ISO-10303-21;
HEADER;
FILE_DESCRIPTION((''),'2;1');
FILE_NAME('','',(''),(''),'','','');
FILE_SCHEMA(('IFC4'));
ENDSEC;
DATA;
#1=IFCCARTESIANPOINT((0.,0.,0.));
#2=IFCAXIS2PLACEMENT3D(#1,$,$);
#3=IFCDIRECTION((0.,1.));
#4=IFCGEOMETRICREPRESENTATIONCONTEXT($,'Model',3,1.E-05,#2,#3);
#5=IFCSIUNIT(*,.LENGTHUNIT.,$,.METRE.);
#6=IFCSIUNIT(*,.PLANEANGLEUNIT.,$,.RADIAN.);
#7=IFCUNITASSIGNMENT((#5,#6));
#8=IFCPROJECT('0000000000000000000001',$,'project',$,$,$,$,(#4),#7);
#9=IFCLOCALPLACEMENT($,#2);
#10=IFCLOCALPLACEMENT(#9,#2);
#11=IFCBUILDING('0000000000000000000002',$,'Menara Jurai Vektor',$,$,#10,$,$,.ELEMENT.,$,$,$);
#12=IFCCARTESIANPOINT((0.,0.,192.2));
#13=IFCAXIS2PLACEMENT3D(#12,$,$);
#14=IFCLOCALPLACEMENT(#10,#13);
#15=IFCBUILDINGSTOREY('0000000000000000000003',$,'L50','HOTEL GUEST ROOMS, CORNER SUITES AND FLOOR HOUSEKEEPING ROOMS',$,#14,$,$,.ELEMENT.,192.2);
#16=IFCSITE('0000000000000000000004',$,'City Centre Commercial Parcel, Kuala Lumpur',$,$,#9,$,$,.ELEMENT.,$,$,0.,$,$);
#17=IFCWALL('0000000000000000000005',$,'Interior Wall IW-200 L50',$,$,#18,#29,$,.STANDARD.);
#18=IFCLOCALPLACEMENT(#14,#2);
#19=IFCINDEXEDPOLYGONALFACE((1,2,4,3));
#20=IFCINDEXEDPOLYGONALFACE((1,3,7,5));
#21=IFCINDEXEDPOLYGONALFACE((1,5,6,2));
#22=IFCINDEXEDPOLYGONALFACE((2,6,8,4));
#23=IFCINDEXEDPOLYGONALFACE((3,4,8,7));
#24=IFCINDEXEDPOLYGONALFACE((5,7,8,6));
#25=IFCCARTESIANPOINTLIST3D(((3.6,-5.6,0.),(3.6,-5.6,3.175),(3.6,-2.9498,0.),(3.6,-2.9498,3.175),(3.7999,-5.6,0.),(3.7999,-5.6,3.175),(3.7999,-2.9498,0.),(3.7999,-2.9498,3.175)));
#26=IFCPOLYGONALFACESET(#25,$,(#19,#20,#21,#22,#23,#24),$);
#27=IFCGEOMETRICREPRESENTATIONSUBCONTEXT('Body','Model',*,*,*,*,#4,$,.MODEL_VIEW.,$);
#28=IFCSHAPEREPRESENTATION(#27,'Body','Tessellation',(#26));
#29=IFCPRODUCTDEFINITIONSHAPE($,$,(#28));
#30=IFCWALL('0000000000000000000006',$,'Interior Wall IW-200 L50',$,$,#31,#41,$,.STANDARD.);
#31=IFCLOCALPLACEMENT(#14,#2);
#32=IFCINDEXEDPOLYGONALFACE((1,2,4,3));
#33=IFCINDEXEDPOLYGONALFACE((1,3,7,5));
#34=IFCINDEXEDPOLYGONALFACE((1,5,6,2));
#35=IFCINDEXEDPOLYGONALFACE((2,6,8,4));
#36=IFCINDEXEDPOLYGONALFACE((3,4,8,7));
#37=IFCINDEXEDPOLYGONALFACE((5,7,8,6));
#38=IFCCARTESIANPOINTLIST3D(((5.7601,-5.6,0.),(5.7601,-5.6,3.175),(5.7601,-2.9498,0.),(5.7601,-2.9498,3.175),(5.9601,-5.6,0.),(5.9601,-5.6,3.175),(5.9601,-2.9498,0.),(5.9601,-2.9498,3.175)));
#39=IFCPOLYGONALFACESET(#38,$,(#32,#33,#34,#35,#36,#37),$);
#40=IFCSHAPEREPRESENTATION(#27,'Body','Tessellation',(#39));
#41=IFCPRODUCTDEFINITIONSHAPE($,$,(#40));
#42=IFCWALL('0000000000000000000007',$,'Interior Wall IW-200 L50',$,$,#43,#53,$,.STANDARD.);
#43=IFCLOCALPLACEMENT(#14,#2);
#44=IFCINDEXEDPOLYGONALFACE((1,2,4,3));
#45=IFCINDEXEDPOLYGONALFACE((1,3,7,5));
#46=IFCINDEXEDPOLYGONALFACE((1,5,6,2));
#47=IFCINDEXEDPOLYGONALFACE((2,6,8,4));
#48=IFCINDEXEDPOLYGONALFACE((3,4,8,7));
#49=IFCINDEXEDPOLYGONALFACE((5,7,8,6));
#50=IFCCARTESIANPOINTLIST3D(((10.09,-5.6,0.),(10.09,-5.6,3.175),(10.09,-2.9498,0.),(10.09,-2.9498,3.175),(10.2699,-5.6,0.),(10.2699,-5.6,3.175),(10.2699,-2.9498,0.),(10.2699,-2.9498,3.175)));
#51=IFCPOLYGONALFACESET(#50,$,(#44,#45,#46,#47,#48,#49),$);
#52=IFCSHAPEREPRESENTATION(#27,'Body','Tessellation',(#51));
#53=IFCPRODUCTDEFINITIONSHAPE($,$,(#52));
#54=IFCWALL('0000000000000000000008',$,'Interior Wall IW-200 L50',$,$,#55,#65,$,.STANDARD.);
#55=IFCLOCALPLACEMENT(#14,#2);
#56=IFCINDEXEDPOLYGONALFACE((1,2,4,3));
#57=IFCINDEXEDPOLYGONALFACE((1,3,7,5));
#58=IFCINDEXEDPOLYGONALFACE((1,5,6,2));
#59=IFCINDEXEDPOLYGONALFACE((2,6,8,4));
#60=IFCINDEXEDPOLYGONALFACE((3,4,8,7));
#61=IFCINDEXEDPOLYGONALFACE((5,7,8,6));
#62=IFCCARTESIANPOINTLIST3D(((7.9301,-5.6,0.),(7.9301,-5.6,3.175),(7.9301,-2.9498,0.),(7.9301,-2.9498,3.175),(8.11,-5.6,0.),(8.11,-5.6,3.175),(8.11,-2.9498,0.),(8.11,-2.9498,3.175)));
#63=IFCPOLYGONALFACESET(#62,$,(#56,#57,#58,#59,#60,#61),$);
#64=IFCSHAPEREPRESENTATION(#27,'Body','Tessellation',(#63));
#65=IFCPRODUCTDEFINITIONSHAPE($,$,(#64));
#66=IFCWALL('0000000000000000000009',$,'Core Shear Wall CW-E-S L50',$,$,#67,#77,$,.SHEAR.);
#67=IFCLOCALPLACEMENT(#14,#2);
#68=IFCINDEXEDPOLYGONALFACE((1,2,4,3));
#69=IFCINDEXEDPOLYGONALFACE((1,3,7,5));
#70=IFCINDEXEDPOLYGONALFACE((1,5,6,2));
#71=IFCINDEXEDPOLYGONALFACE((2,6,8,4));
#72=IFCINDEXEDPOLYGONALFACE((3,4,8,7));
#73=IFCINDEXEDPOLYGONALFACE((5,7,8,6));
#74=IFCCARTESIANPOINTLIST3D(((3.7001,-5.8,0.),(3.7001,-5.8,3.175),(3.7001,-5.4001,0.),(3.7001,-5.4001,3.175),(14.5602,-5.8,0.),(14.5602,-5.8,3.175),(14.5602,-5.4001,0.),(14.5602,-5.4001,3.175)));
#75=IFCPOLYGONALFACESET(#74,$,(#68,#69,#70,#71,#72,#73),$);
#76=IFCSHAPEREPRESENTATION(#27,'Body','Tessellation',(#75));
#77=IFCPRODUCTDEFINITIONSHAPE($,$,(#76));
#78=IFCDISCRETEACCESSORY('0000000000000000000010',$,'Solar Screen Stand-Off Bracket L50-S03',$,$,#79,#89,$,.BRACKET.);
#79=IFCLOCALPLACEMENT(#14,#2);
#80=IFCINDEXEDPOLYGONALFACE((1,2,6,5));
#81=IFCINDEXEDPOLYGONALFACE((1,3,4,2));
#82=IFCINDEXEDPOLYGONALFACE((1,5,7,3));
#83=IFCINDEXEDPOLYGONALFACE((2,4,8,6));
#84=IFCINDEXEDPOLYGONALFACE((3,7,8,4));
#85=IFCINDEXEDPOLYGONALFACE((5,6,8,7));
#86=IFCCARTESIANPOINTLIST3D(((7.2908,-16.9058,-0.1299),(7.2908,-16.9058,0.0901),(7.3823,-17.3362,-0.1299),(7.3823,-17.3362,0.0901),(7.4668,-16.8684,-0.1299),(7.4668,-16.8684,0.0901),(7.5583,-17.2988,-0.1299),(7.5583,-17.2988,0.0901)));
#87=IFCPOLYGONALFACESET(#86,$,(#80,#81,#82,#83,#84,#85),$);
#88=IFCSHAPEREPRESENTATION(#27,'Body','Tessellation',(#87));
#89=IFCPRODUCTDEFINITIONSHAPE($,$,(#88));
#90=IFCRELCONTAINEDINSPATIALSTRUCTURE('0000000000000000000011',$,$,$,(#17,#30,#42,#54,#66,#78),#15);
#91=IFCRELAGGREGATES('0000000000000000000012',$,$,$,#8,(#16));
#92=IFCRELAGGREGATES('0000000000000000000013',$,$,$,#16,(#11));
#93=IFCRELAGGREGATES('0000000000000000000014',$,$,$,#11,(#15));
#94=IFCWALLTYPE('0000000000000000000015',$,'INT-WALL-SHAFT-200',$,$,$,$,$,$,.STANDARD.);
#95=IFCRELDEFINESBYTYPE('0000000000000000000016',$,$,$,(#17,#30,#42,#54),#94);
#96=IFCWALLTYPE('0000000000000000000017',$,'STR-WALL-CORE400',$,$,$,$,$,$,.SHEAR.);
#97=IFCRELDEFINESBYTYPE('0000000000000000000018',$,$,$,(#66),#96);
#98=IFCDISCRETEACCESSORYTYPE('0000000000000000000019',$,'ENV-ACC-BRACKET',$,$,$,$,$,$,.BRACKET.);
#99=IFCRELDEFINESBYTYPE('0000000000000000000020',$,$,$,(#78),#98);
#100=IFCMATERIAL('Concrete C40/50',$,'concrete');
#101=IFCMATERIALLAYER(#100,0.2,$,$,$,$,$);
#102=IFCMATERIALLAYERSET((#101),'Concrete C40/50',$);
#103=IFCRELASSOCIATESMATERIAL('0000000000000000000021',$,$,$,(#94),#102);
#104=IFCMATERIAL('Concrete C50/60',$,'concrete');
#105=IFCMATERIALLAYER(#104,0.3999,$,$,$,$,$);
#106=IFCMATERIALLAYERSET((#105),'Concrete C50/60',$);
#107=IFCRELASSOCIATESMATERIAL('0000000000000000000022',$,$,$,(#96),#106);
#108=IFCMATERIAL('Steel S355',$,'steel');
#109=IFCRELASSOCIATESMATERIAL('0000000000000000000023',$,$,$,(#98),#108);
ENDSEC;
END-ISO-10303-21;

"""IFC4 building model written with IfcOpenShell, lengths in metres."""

from ifc_helpers import new_model, si_unit, direction, frame, frame_2d, origin, origin_2d, place, context, subcontext, project, spatial, rectangle, extrude, material, layer, layer_set, type_object, element, save


model = new_model("IFC4")

# Units and contexts
model_context = context("Model", 3, precision=1e-05, world=origin(), true_north=direction((0.0, 1.0)))
body_context = subcontext(model_context, "Body", "Model", "MODEL_VIEW")
ifc_project = project(units=[si_unit("LENGTHUNIT", "METRE"), si_unit("PLANEANGLEUNIT", "RADIAN")], contexts=[model_context])

# Site, building, storey
site_placement = place(None, origin())
site = spatial("IfcSite", under=ifc_project, at=site_placement, Name="City Centre Commercial Parcel, Kuala Lumpur", CompositionType="ELEMENT", RefElevation=0.0)
building_placement = place(site_placement, origin())
building = spatial("IfcBuilding", under=site, at=building_placement, Name="Menara Jurai Vektor", CompositionType="ELEMENT")
storey_placement = place(building_placement, frame((0.0, 0.0, 192.2)))
storey = spatial("IfcBuildingStorey", under=building, at=storey_placement, Name="L50", Description="HOTEL GUEST ROOMS, CORNER SUITES AND FLOOR HOUSEKEEPING ROOMS", CompositionType="ELEMENT", Elevation=192.2)

# Shared definitions
ifc_material_1 = material(Name="Concrete C50/60", Category="concrete")

# Shared definitions
ifc_material_2 = material(Name="Steel S355", Category="steel")

# Walls
ifc_material_3 = material(Name="Concrete C40/50", Category="concrete")
ifc_layer_1 = layer(ifc_material_3, 0.2)
ifc_layer_set_1 = layer_set([ifc_layer_1], Name="Concrete C40/50")
wall_type_1 = type_object("IfcWallType", Name="INT-WALL-SHAFT-200", PredefinedType="STANDARD", material=ifc_layer_set_1)
for number, where, z_axis, x_axis, name in (
    (1, (3.7, -5.6001, 0.0), (0.0, 0.0, 1.0), (0.0, 1.0, 0.0), "Interior Wall IW-200 L50"),
    (2, (5.8601, -5.6001, 0.0), (0.0, 0.0, 1.0), (0.0, 1.0, 0.0), "Interior Wall IW-200 L50"),
):
    element("IfcWall", number, at=place(storey_placement, frame(where, z_axis=z_axis, x_axis=x_axis)), inside=storey, type_object=wall_type_1, Name=name, PredefinedType="STANDARD", context=body_context, shape_type="SweptSolid", body=[
        extrude(rectangle(XDim=2.6501, YDim=0.2, at=frame_2d((1.3252, 0.0))), origin(), (0.0, 0.0, 1.0), 3.175),
    ])
for number, where, z_axis, x_axis, name in (
    (3, (10.1799, -5.6001, 0.0), (0.0, 0.0, 1.0), (0.0, 1.0, 0.0), "Interior Wall IW-200 L50"),
    (4, (8.02, -5.6001, 0.0), (0.0, 0.0, 1.0), (0.0, 1.0, 0.0), "Interior Wall IW-200 L50"),
):
    element("IfcWall", number, at=place(storey_placement, frame(where, z_axis=z_axis, x_axis=x_axis)), inside=storey, type_object=wall_type_1, Name=name, PredefinedType="STANDARD", context=body_context, shape_type="SweptSolid", body=[
        extrude(rectangle(XDim=2.6501, YDim=0.1799, at=frame_2d((1.3252, 0.0))), origin(), (0.0, 0.0, 1.0), 3.175),
    ])
ifc_layer_2 = layer(ifc_material_1, 0.3999)
ifc_layer_set_2 = layer_set([ifc_layer_2], Name="Concrete C50/60")
wall_type_2 = type_object("IfcWallType", Name="STR-WALL-CORE400", PredefinedType="SHEAR", material=ifc_layer_set_2)
wall_placement = place(storey_placement, frame((3.7, -5.6001, 0.0), z_axis=(0.0, 0.0, 1.0), x_axis=(1.0, 0.0, 0.0)))
element("IfcWall", 5, at=wall_placement, inside=storey, type_object=wall_type_2, Name="Core Shear Wall CW-E-S L50", PredefinedType="SHEAR", context=body_context, shape_type="SweptSolid", body=[
    extrude(rectangle(XDim=10.8601, YDim=0.3999, at=frame_2d((5.4302, 0.0))), origin(), (0.0, 0.0, 1.0), 3.175),
])

# Discrete accessory
discrete_accessory_type = type_object("IfcDiscreteAccessoryType", Name="ENV-ACC-BRACKET", PredefinedType="BRACKET", material=ifc_material_2)
discrete_accessory_placement = place(storey_placement, frame((7.4246, -17.1023, -0.1299), z_axis=(0.0, 0.0, 1.0), x_axis=(0.978148, 0.207912, 0.0)))
element("IfcDiscreteAccessory", 6, at=discrete_accessory_placement, inside=storey, type_object=discrete_accessory_type, Name="Solar Screen Stand-Off Bracket L50-S03", PredefinedType="BRACKET", context=body_context, shape_type="SweptSolid", body=[
    extrude(rectangle(XDim=0.1799, YDim=0.4399, at=origin_2d()), origin(), (0.0, 0.0, 1.0), 0.22),
])

save(model, "model.ifc")
